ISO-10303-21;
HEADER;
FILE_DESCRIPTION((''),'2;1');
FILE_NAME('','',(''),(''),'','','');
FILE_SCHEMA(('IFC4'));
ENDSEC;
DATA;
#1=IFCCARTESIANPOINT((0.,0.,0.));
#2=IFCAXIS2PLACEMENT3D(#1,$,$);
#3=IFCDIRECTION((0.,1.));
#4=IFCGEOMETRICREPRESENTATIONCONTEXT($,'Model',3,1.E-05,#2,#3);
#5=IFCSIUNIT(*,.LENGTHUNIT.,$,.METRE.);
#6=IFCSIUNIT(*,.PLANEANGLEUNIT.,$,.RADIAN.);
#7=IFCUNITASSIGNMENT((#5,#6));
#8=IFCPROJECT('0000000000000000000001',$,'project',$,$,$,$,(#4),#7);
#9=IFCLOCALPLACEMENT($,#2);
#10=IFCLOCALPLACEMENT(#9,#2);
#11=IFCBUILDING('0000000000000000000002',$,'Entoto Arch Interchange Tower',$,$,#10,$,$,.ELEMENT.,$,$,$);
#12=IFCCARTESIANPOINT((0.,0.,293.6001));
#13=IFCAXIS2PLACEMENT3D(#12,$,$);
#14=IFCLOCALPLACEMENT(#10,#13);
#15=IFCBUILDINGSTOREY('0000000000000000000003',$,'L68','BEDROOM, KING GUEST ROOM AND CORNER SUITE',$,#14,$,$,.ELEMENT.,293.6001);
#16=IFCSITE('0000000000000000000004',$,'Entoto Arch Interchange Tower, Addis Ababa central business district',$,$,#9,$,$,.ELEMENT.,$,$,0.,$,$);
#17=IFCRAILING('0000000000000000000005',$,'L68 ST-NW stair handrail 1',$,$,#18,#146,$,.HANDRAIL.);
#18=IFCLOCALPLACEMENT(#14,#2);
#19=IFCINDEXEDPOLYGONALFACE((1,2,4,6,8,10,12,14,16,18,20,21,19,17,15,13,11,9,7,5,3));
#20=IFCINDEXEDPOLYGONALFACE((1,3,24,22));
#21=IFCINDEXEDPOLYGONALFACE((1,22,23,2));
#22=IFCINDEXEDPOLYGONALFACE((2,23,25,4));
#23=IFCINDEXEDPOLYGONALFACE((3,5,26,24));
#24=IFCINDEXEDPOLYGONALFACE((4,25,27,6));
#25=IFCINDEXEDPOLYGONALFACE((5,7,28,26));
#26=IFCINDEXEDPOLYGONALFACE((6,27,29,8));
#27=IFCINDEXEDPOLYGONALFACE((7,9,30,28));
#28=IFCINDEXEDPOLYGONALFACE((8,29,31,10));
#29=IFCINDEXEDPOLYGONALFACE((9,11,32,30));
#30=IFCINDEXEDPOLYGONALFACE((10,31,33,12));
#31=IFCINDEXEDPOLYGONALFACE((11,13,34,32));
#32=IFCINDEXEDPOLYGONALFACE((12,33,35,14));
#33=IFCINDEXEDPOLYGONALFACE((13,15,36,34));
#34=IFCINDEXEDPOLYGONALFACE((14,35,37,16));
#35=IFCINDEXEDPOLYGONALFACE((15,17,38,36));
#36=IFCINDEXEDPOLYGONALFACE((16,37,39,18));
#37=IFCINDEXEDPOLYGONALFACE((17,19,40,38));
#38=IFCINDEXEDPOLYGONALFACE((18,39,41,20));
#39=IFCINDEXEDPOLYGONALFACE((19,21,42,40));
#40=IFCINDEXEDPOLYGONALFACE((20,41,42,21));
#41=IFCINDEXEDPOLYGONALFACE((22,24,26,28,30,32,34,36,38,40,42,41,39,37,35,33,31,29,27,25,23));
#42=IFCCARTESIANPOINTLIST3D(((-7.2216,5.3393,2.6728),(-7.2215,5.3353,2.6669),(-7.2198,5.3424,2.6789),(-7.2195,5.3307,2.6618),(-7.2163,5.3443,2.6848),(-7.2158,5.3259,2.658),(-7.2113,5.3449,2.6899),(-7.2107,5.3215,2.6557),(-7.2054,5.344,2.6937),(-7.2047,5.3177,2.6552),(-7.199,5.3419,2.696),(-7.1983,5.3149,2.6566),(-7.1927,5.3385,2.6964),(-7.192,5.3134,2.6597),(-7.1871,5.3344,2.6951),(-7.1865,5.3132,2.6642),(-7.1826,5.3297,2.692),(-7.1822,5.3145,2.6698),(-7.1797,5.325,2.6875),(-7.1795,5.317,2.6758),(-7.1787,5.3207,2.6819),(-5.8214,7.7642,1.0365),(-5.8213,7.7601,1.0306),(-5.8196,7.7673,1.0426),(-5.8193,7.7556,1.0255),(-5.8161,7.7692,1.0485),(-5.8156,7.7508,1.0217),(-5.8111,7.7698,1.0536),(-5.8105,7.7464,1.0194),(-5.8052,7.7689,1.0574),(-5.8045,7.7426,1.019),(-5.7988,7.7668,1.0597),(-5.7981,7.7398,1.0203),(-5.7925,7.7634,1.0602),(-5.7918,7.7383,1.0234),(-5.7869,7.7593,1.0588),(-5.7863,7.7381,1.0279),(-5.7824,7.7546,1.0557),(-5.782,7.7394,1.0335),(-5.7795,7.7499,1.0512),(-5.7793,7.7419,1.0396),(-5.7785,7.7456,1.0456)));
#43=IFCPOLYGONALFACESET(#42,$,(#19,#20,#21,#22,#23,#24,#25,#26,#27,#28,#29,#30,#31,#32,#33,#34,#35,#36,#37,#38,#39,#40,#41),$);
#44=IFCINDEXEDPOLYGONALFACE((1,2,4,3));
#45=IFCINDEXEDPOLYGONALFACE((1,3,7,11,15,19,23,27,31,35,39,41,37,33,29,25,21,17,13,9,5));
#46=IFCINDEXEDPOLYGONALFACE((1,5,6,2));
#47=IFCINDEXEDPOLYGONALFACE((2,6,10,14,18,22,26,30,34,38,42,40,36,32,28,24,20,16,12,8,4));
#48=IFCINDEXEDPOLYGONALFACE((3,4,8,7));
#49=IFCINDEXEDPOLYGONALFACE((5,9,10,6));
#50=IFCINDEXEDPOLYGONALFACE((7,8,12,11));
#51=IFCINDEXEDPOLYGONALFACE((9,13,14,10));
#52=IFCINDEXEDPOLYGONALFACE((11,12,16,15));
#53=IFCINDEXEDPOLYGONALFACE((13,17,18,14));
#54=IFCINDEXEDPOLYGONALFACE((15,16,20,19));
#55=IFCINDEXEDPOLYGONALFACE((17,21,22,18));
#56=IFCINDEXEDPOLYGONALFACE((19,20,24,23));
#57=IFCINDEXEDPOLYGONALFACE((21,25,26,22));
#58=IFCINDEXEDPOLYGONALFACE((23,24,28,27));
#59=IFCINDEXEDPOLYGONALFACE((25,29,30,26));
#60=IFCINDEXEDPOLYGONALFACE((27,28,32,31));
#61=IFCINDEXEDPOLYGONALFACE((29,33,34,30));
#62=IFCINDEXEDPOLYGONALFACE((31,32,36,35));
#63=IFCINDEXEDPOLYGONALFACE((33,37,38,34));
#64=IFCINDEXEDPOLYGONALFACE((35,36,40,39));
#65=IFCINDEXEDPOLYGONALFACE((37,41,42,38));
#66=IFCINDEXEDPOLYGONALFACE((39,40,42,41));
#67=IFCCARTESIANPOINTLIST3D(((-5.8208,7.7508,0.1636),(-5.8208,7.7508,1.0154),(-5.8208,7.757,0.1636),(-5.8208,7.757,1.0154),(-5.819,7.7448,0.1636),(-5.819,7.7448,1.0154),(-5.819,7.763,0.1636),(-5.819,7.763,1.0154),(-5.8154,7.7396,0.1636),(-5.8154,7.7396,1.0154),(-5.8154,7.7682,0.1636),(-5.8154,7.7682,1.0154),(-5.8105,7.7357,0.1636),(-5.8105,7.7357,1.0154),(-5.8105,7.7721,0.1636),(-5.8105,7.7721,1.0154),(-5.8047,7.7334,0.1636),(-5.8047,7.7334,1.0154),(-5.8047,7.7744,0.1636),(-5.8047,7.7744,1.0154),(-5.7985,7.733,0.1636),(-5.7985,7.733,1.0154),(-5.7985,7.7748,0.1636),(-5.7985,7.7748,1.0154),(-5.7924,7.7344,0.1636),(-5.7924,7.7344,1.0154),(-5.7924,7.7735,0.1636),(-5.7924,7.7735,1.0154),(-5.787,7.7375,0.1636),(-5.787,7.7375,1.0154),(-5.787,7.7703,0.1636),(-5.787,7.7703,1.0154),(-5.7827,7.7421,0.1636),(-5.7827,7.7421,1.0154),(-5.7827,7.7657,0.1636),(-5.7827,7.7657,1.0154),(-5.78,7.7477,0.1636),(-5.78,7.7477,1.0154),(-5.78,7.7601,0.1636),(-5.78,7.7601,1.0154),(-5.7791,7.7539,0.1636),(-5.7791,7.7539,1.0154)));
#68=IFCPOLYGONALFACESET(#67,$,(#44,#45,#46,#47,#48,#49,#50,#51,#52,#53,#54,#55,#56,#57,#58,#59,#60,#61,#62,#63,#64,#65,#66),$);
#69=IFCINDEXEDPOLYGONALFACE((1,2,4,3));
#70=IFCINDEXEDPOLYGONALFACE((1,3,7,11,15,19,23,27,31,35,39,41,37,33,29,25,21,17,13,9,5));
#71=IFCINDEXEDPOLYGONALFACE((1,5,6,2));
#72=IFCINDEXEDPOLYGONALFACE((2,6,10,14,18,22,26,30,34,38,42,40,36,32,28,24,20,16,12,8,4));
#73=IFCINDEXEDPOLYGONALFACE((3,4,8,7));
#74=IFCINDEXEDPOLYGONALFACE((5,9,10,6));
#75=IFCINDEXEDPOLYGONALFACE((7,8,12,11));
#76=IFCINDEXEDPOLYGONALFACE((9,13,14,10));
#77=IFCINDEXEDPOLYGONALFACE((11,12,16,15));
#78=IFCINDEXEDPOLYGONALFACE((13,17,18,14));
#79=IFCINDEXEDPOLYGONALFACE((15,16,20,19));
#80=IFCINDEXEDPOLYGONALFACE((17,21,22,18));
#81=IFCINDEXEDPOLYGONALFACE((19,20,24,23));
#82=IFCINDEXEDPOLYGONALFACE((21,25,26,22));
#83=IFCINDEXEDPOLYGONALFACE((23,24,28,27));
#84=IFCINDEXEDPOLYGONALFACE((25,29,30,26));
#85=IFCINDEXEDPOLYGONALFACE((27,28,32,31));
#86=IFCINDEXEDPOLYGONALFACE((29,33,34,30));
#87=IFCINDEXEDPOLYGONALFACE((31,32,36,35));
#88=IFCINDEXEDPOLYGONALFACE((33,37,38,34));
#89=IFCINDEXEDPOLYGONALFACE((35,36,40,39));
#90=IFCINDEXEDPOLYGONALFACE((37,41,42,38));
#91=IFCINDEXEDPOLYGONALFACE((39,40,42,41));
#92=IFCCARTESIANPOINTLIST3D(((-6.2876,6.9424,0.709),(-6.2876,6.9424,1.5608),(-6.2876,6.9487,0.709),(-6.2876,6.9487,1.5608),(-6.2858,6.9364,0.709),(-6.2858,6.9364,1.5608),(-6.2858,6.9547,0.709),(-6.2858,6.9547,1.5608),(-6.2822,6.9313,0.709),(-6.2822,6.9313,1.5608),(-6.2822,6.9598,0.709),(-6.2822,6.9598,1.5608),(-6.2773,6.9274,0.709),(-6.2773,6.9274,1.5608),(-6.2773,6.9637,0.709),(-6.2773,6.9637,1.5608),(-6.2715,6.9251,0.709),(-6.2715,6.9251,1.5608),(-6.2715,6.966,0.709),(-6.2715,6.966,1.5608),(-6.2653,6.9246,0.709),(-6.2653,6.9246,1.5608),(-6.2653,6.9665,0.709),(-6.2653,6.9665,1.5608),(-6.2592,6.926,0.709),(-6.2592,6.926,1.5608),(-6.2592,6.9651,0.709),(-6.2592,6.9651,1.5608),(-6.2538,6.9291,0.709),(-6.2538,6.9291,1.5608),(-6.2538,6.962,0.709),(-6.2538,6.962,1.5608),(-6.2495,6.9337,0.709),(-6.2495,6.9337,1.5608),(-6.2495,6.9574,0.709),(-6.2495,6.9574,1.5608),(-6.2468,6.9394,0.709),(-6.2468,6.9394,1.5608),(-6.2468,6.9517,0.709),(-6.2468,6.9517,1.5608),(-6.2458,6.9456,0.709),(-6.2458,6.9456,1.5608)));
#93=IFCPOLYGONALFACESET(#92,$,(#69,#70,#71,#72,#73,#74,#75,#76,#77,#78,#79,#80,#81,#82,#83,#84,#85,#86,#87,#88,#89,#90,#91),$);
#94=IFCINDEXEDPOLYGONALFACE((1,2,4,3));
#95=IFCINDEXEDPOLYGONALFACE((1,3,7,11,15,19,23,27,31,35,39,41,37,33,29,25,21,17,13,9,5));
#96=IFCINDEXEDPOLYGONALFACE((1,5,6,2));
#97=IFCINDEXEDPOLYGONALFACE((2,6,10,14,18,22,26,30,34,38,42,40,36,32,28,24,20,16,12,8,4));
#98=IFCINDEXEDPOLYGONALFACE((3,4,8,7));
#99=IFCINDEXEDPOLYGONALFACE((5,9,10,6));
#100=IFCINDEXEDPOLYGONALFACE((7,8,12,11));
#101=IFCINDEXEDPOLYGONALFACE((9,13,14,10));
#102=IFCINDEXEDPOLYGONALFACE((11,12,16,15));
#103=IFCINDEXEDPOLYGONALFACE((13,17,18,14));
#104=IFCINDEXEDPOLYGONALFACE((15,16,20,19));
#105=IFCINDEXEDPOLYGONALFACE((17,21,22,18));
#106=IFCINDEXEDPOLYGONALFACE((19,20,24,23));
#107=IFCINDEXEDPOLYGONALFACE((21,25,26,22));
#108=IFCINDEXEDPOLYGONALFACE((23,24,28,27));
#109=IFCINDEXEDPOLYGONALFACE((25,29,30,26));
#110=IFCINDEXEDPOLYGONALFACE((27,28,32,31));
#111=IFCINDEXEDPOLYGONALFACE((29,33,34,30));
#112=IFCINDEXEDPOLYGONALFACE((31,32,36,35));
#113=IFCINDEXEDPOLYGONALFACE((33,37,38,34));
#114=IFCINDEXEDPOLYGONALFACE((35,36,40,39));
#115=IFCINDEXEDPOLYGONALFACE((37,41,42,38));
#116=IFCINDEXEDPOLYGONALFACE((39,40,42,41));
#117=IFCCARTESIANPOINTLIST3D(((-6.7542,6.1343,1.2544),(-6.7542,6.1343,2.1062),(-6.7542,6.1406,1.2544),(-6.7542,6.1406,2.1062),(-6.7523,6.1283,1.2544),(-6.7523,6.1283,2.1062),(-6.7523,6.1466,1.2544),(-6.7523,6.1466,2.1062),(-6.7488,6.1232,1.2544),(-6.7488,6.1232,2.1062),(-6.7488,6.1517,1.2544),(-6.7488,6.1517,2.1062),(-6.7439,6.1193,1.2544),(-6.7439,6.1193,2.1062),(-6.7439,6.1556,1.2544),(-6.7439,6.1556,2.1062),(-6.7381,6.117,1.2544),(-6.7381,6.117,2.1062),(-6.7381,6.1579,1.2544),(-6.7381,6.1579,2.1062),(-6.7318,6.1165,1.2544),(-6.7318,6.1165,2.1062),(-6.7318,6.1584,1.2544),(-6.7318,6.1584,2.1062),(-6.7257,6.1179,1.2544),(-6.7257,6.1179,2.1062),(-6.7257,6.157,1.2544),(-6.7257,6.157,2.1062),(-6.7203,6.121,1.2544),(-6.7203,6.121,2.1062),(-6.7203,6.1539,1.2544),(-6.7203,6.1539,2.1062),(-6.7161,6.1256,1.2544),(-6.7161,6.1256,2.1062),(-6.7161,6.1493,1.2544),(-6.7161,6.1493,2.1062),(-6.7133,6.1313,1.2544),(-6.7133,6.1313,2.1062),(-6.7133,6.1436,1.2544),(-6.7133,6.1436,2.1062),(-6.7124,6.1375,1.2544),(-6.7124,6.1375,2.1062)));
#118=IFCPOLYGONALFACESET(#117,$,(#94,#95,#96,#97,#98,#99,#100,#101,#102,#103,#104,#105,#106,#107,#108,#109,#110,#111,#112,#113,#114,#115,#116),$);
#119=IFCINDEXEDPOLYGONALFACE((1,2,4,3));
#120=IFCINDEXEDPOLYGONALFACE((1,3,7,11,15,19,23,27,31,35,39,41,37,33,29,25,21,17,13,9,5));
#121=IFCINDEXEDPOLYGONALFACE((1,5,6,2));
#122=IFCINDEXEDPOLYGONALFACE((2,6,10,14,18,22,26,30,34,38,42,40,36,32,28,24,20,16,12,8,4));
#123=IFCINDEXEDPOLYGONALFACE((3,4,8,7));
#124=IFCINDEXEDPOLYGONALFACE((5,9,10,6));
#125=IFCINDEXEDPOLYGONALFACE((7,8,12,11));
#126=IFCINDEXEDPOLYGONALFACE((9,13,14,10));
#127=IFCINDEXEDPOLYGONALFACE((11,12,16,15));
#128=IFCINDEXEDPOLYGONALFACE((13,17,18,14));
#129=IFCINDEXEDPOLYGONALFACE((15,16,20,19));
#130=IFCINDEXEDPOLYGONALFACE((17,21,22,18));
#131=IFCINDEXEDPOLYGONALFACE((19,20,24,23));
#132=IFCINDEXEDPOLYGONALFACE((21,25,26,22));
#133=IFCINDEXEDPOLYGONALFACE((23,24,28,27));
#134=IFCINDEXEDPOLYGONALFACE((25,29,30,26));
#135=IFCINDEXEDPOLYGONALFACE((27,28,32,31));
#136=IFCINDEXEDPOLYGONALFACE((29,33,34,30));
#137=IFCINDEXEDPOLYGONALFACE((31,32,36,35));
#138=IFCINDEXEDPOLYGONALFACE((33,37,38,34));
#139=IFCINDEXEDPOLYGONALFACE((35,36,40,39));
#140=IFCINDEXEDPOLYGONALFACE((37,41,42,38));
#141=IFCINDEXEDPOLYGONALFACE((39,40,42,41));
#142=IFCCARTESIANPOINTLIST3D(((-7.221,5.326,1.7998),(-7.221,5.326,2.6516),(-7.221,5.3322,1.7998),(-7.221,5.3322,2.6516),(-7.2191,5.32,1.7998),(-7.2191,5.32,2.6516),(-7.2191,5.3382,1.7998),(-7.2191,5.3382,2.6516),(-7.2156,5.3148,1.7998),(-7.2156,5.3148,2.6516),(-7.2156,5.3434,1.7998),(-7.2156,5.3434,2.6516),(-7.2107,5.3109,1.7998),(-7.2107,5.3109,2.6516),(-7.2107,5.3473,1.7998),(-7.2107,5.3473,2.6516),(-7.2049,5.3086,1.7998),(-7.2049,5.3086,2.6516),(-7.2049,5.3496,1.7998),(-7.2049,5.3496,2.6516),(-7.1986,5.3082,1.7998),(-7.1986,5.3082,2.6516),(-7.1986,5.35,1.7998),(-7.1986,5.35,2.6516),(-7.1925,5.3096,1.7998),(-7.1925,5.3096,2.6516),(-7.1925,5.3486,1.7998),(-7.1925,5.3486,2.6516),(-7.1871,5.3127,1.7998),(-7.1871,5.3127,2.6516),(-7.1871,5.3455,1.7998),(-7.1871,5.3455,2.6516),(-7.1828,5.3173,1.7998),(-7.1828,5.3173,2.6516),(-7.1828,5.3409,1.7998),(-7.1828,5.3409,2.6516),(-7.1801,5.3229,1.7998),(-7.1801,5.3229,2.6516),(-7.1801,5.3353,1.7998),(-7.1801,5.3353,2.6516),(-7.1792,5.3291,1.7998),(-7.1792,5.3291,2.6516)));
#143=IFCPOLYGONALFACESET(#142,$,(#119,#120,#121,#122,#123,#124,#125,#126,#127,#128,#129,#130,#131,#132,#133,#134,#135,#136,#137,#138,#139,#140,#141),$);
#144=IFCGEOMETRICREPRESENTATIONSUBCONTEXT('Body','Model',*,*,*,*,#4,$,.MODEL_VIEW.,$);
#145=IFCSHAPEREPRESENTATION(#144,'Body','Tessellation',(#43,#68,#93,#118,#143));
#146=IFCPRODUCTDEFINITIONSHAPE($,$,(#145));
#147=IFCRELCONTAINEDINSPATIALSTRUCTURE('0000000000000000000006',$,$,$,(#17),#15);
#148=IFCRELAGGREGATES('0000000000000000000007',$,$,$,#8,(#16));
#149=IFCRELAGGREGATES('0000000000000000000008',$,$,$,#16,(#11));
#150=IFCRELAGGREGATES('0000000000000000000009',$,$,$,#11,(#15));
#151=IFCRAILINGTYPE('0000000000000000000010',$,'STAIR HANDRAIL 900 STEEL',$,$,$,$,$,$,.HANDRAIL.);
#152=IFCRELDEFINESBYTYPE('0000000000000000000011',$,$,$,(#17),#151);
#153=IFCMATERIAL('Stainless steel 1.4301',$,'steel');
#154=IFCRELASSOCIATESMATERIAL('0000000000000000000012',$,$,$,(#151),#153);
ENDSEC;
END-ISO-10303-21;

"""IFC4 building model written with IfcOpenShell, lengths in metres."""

from ifc_helpers import new_model, si_unit, direction, frame, origin, origin_2d, place, context, subcontext, project, spatial, circle, extrude, material, type_object, element, save


model = new_model("IFC4")

# Units and contexts
model_context = context("Model", 3, precision=1e-05, world=origin(), true_north=direction((0.0, 1.0)))
body_context = subcontext(model_context, "Body", "Model", "MODEL_VIEW")
ifc_project = project(units=[si_unit("LENGTHUNIT", "METRE"), si_unit("PLANEANGLEUNIT", "RADIAN")], contexts=[model_context])

# Site, building, storey
site_placement = place(None, origin())
site = spatial("IfcSite", under=ifc_project, at=site_placement, Name="Entoto Arch Interchange Tower, Addis Ababa central business district", CompositionType="ELEMENT", RefElevation=0.0)
building_placement = place(site_placement, origin())
building = spatial("IfcBuilding", under=site, at=building_placement, Name="Entoto Arch Interchange Tower", CompositionType="ELEMENT")
storey_placement = place(building_placement, frame((0.0, 0.0, 293.6001)))
storey = spatial("IfcBuildingStorey", under=building, at=storey_placement, Name="L68", Description="BEDROOM, KING GUEST ROOM AND CORNER SUITE", CompositionType="ELEMENT", Elevation=293.6001)

# Railing
ifc_material_1 = material(Name="Stainless steel 1.4301", Category="steel")
railing_type = type_object("IfcRailingType", Name="STAIR HANDRAIL 900 STEEL", PredefinedType="HANDRAIL", material=ifc_material_1)
railing_placement = place(storey_placement, frame((-5.8, 7.7539, 0.1636)))
element("IfcRailing", 1, at=railing_placement, inside=storey, type_object=railing_type, Name="L68 ST-NW stair handrail 1", PredefinedType="HANDRAIL", context=body_context, shape_type="SweptSolid", body=[
    extrude(circle(Radius=0.0239, at=origin_2d()), frame((0.0, 0.0, 0.876), z_axis=(-0.431738, -0.747694, 0.504535), x_axis=(0.865997, -0.50005, 0.0)), (0.0, 0.0, 1.0), 3.2432),
    extrude(circle(Radius=0.021, at=origin_2d()), origin(), (0.0, 0.0, 1.0), 0.8518),
    extrude(circle(Radius=0.021, at=origin_2d()), frame((-0.4668, -0.8083, 0.5454)), (0.0, 0.0, 1.0), 0.8518),
    extrude(circle(Radius=0.021, at=origin_2d()), frame((-0.9333, -1.6165, 1.0908)), (0.0, 0.0, 1.0), 0.8518),
    extrude(circle(Radius=0.021, at=origin_2d()), frame((-1.4001, -2.4248, 1.6362)), (0.0, 0.0, 1.0), 0.8518),
])

save(model, "model.ifc")
